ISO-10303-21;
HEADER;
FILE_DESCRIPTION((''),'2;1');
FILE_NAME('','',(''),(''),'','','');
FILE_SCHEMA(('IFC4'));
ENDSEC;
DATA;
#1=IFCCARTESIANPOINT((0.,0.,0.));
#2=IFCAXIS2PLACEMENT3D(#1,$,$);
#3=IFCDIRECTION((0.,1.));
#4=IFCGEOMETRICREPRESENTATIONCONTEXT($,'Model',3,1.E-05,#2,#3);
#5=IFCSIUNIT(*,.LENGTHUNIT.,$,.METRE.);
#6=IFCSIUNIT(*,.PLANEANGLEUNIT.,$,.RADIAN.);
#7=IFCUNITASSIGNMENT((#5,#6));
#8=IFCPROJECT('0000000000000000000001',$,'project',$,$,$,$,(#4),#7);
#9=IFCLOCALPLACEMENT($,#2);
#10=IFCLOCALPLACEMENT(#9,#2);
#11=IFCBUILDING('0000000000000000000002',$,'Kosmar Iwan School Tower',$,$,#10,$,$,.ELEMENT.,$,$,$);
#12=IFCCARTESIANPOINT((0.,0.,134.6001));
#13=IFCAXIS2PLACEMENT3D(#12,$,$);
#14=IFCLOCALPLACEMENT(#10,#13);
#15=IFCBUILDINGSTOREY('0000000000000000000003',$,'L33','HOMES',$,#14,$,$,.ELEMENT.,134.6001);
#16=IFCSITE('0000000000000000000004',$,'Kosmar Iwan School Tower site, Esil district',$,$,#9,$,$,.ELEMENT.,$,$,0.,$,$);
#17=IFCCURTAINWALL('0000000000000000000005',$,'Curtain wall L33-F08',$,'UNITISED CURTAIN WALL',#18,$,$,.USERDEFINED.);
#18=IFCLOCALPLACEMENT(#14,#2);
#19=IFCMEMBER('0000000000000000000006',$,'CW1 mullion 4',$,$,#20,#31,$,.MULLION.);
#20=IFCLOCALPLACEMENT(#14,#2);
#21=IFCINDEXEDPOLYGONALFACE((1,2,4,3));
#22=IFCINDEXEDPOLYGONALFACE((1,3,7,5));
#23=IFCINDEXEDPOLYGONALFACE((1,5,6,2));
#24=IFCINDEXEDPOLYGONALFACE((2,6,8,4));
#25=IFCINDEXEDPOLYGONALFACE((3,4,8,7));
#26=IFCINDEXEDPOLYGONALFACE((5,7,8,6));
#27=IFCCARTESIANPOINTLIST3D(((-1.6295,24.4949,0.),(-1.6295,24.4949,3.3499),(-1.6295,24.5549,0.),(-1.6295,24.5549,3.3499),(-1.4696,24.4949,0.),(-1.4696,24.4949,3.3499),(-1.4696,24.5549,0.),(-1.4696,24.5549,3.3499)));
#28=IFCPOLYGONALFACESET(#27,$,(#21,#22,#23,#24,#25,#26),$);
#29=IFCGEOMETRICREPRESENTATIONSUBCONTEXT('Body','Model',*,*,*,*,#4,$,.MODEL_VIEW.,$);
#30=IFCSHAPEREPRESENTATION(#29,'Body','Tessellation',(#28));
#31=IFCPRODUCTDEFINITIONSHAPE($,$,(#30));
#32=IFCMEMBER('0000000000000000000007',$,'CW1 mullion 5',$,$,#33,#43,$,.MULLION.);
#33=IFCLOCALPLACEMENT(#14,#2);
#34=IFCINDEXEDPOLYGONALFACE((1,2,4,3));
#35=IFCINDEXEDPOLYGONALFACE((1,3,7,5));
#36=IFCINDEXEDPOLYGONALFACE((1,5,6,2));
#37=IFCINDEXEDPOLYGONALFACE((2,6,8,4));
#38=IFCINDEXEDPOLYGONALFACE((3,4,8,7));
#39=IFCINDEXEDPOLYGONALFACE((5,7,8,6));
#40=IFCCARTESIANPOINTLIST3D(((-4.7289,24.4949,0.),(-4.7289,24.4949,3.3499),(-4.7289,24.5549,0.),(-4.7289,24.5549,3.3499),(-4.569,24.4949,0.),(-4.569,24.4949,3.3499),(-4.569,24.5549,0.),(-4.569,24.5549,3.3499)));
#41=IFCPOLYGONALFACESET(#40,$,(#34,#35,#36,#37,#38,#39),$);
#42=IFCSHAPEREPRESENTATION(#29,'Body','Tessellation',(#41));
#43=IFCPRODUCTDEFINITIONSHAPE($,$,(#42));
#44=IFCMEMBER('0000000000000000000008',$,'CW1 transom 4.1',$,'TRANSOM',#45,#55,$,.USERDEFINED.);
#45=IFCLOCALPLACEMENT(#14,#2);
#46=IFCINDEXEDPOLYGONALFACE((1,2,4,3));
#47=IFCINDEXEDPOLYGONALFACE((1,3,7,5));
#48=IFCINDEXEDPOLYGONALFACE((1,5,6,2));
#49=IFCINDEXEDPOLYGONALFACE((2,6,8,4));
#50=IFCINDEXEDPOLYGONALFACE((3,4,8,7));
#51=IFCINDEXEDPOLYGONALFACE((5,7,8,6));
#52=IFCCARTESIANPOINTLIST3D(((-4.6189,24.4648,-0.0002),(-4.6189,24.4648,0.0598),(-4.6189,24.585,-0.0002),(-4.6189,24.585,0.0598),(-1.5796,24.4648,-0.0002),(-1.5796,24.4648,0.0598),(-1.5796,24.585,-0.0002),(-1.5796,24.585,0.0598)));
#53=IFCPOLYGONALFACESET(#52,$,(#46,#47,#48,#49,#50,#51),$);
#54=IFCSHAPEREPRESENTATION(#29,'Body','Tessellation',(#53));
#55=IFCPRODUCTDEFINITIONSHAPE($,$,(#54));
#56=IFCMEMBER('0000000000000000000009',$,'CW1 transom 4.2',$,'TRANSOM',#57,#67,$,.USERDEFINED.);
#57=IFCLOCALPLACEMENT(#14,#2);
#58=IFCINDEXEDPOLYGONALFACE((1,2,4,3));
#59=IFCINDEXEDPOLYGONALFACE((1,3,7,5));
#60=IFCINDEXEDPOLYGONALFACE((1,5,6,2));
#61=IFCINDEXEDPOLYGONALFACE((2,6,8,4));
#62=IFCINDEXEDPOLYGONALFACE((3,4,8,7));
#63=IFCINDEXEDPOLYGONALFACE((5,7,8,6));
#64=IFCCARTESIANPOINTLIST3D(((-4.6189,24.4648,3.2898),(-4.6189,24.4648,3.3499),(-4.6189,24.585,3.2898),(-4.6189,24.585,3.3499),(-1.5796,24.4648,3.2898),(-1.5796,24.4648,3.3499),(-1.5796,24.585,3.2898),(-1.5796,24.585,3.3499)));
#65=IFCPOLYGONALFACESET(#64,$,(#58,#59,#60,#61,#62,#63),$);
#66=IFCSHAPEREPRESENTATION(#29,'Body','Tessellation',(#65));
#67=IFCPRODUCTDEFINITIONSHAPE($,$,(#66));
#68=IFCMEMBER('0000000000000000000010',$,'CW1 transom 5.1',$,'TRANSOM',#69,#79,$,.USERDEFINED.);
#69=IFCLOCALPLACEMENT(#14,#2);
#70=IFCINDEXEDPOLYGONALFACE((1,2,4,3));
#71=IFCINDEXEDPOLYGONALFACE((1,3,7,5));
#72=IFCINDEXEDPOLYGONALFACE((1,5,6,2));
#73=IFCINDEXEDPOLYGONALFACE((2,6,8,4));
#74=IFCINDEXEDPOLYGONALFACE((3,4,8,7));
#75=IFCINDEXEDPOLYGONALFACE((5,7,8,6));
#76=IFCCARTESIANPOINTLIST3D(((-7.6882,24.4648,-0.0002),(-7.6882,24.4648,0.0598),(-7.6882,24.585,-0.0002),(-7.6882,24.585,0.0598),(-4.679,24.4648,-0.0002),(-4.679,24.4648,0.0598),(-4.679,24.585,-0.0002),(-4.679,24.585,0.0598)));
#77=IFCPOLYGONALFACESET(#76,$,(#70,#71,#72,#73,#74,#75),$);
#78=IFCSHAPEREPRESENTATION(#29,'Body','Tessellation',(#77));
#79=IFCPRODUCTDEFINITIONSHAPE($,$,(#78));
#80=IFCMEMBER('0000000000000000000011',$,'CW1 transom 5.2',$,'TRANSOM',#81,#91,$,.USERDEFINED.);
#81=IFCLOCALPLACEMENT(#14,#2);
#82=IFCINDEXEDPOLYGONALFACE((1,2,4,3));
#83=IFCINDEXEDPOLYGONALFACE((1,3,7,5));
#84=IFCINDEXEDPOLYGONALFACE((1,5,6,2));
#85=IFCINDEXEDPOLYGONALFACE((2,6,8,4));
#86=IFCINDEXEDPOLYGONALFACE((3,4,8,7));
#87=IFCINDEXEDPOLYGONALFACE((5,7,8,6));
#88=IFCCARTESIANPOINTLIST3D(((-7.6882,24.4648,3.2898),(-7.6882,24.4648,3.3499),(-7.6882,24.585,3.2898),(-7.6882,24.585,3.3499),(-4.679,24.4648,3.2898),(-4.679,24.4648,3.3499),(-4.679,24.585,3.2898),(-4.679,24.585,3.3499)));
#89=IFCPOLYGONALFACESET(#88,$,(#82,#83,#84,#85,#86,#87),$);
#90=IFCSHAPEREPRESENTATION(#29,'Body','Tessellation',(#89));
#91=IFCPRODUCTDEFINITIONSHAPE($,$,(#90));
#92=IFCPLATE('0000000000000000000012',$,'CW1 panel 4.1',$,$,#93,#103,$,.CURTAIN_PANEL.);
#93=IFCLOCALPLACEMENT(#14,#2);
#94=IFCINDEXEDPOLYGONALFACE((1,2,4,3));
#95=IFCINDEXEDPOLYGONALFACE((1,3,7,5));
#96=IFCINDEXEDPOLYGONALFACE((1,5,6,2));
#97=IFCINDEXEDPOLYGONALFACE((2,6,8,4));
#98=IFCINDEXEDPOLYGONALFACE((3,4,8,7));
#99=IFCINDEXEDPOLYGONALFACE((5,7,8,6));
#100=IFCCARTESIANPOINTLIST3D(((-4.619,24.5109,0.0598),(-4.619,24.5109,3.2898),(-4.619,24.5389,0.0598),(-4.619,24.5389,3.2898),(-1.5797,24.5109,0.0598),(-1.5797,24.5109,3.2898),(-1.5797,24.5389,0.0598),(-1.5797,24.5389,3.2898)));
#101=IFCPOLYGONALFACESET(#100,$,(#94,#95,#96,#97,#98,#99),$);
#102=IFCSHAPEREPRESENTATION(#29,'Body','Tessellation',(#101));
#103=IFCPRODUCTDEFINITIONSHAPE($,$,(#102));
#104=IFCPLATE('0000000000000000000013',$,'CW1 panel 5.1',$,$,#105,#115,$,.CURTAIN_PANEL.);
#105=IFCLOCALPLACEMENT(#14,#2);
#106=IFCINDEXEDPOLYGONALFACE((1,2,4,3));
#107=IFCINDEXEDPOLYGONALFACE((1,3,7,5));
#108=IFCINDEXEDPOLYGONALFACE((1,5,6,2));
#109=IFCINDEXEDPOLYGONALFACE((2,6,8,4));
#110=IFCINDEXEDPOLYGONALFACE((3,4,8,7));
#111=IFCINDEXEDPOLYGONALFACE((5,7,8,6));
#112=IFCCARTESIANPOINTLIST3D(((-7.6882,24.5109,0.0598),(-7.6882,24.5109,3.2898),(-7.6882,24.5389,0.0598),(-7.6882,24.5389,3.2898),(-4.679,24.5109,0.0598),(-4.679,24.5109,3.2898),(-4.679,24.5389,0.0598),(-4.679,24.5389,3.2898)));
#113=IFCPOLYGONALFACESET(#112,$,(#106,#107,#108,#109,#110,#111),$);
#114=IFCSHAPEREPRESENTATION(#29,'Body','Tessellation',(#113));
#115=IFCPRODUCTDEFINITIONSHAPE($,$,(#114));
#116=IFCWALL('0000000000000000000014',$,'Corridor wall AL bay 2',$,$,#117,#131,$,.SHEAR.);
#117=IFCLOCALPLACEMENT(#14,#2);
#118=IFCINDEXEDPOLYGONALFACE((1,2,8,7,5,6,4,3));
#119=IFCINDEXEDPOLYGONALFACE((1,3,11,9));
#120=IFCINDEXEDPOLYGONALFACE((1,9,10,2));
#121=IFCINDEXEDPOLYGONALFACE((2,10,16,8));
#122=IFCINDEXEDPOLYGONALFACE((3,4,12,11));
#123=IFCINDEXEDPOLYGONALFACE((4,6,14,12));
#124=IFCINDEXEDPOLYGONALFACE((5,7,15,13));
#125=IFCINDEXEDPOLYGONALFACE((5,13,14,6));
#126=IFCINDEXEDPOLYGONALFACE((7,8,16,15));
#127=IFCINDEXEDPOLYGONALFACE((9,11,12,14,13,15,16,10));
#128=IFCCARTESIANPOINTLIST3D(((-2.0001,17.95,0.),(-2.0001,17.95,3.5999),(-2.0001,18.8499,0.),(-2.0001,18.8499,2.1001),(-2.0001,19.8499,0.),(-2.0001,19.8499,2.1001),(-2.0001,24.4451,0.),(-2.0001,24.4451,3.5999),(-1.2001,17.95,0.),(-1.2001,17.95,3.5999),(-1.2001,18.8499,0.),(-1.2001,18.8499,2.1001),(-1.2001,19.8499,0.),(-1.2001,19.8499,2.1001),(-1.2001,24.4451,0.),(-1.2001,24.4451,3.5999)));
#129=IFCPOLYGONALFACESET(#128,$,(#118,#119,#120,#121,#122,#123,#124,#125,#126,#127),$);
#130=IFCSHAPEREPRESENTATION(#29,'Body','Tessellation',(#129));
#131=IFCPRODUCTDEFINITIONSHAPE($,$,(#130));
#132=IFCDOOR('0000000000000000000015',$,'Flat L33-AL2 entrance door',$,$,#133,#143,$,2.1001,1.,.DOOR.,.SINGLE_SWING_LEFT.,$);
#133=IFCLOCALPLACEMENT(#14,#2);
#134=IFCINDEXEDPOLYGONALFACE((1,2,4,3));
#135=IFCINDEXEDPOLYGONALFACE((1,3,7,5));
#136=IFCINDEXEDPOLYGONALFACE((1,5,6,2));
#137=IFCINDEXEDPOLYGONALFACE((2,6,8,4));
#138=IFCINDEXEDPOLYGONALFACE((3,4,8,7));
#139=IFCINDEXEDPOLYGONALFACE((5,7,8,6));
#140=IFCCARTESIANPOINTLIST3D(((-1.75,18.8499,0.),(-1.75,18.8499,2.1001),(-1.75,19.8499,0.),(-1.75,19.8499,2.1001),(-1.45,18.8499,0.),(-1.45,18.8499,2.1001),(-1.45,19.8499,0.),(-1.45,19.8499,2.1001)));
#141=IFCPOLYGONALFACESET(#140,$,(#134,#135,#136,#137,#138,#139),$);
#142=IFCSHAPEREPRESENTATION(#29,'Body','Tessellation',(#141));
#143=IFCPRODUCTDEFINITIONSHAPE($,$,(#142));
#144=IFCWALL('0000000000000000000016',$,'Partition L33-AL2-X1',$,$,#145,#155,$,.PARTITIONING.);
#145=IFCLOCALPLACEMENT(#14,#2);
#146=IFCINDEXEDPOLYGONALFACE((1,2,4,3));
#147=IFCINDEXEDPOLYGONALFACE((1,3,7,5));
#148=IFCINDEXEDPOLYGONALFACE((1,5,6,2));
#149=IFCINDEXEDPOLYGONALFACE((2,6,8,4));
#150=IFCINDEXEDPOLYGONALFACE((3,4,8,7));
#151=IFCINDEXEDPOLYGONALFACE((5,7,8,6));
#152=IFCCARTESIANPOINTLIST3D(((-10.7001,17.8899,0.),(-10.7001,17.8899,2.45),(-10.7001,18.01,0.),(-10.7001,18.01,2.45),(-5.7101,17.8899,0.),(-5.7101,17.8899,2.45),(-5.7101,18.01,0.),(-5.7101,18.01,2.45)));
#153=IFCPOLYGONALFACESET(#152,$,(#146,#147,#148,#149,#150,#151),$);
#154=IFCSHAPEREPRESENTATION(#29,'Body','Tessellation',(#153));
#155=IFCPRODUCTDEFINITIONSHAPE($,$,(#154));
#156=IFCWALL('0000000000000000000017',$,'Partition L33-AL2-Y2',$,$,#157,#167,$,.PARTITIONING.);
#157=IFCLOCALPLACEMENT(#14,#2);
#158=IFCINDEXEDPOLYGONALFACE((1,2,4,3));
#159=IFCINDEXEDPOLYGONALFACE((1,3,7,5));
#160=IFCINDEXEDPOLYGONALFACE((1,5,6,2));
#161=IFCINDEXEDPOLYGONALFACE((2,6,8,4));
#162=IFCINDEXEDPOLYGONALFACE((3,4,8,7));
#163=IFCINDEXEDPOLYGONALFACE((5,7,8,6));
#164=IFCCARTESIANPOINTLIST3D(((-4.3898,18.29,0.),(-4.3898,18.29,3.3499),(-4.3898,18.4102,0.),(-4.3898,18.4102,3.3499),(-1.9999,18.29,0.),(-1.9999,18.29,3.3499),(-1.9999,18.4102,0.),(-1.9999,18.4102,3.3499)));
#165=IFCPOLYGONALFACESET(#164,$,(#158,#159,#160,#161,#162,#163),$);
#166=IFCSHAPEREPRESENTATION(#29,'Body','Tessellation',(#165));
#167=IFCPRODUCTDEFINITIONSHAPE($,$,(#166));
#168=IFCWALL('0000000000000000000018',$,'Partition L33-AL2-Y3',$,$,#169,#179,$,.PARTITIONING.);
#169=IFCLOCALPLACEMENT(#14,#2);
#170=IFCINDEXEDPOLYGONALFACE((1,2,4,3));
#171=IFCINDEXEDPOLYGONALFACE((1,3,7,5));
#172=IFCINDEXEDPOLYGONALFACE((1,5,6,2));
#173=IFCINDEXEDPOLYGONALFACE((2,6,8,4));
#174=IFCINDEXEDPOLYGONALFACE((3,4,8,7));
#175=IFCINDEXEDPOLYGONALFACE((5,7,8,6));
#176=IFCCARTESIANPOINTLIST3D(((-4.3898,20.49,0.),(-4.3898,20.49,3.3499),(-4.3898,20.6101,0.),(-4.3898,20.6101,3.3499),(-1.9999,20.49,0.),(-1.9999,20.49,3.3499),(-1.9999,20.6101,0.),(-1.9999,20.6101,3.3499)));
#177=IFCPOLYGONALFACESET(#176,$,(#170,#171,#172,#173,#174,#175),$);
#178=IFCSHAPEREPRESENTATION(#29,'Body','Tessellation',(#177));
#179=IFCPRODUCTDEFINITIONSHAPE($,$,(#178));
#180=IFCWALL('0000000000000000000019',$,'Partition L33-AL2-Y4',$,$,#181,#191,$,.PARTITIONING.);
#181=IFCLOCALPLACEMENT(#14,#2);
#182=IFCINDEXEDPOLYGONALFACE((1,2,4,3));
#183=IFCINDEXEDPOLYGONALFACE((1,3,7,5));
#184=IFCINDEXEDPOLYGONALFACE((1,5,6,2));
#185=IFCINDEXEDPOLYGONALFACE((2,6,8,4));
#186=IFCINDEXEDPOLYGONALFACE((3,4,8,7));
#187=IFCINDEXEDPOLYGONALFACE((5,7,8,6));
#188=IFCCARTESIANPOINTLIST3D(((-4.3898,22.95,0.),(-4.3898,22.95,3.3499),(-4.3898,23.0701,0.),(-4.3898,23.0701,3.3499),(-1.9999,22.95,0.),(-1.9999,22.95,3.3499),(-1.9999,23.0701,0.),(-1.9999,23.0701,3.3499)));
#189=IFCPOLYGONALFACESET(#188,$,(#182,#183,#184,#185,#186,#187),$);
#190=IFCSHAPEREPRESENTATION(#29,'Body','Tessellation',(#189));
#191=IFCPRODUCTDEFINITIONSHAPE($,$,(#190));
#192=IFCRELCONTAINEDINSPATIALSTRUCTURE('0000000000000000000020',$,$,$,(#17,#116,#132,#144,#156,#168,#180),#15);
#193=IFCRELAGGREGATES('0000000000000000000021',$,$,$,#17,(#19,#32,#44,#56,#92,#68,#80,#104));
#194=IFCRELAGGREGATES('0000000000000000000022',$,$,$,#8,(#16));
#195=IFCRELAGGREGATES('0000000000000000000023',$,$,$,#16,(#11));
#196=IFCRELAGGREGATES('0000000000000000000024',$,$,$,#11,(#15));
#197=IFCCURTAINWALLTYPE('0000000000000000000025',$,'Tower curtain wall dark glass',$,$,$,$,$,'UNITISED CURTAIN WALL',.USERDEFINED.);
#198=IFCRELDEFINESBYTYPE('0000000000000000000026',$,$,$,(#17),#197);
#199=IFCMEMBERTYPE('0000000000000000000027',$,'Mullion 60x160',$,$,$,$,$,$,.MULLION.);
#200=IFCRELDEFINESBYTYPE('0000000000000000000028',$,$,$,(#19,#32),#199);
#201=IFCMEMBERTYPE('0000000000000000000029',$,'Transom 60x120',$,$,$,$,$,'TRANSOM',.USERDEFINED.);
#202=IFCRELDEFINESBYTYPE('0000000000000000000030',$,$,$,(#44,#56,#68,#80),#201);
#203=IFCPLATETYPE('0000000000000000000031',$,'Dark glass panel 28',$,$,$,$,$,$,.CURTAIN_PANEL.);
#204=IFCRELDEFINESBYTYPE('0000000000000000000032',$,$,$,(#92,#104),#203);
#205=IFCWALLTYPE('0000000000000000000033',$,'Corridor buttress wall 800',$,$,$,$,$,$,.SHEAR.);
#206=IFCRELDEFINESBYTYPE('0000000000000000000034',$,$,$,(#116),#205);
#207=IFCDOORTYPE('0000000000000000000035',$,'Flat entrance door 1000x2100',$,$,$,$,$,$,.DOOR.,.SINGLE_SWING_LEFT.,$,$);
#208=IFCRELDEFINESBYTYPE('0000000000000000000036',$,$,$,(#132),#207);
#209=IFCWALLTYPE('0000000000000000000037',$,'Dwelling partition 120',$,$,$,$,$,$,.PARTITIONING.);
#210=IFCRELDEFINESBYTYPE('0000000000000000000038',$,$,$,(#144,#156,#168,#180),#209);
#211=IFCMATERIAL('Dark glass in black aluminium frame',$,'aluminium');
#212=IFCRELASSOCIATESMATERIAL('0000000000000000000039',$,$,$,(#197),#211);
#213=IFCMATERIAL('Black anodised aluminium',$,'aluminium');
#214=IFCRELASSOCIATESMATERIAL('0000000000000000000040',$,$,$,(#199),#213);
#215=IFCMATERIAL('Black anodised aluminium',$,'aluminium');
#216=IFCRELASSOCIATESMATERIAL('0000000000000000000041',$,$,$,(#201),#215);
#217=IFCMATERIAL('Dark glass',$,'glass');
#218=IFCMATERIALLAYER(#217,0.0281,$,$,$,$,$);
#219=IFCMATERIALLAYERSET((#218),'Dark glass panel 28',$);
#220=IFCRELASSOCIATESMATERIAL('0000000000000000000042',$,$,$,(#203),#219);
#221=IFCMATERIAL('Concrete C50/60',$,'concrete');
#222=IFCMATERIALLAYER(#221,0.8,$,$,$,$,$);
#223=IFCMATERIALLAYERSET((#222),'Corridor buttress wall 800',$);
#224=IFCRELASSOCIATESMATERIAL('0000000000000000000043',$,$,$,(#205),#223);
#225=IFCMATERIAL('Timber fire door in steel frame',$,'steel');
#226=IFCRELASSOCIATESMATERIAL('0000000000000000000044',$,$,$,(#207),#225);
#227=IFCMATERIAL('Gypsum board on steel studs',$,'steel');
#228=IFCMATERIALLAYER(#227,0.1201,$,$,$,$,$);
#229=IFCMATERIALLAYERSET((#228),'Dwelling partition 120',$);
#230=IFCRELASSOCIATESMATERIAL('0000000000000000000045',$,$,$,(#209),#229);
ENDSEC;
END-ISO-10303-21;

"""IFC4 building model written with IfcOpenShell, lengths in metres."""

from ifc_helpers import new_model, si_unit, direction, frame, frame_2d, origin, origin_2d, place, context, subcontext, project, spatial, rectangle, extrude, material, layer, layer_set, material_profile, profile_set, type_object, element, fill, aggregate, save


model = new_model("IFC4")

# Units and contexts
model_context = context("Model", 3, precision=1e-05, world=origin(), true_north=direction((0.0, 1.0)))
body_context = subcontext(model_context, "Body", "Model", "MODEL_VIEW")
ifc_project = project(units=[si_unit("LENGTHUNIT", "METRE"), si_unit("PLANEANGLEUNIT", "RADIAN")], contexts=[model_context])

# Site, building, storey
site_placement = place(None, origin())
site = spatial("IfcSite", under=ifc_project, at=site_placement, Name="Kosmar Iwan School Tower site, Esil district", CompositionType="ELEMENT", RefElevation=0.0)
building_placement = place(site_placement, origin())
building = spatial("IfcBuilding", under=site, at=building_placement, Name="Kosmar Iwan School Tower", CompositionType="ELEMENT")
storey_placement = place(building_placement, frame((0.0, 0.0, 134.6001)))
storey = spatial("IfcBuildingStorey", under=building, at=storey_placement, Name="L33", Description="HOMES", CompositionType="ELEMENT", Elevation=134.6001)

# Curtain wall, members, plates
ifc_material_1 = material(Name="Dark glass in black aluminium frame", Category="aluminium")
curtain_wall_type = type_object("IfcCurtainWallType", Name="Tower curtain wall dark glass", ElementType="UNITISED CURTAIN WALL", PredefinedType="USERDEFINED", material=ifc_material_1)
curtain_wall_placement = place(storey_placement, origin())
curtain_wall = element("IfcCurtainWall", 1, at=curtain_wall_placement, inside=storey, type_object=curtain_wall_type, Name="Curtain wall L33-F08", ObjectType="UNITISED CURTAIN WALL", PredefinedType="USERDEFINED")
ifc_material_2 = material(Name="Black anodised aluminium", Category="aluminium")
ifc_material_profile_1 = material_profile(ifc_material_2, rectangle(XDim=0.0601, YDim=0.1599, at=origin_2d()), Name="MULLION 60x160")
ifc_profile_set_1 = profile_set([ifc_material_profile_1], Name="Black anodised aluminium")
member_type_1 = type_object("IfcMemberType", Name="Mullion 60x160", PredefinedType="MULLION", material=ifc_profile_set_1)
member_1_placement = place(storey_placement, frame((-1.5496, 24.5249, 0.0), z_axis=(0.0, 0.0, 1.0), x_axis=(0.0, -1.0, 0.0)))
member_1 = element("IfcMember", 2, at=member_1_placement, type_object=member_type_1, Name="CW1 mullion 4", PredefinedType="MULLION", context=body_context, shape_type="SweptSolid", body=[
    extrude(rectangle(XDim=0.0601, YDim=0.1599, at=origin_2d()), origin(), (0.0, 0.0, 1.0), 3.3499),
])
member_2_placement = place(storey_placement, frame((-4.6489, 24.5249, 0.0), z_axis=(0.0, 0.0, 1.0), x_axis=(0.0, -1.0, 0.0)))
member_2 = element("IfcMember", 3, at=member_2_placement, type_object=member_type_1, Name="CW1 mullion 5", PredefinedType="MULLION", context=body_context, shape_type="SweptSolid", body=[
    extrude(rectangle(XDim=0.0601, YDim=0.1599, at=origin_2d()), origin(), (0.0, 0.0, 1.0), 3.3499),
])
ifc_material_3 = material(Name="Black anodised aluminium", Category="aluminium")
ifc_material_profile_2 = material_profile(ifc_material_3, rectangle(XDim=0.1201, YDim=0.0601, at=origin_2d()), Name="TRANSOM 60x120")
ifc_profile_set_2 = profile_set([ifc_material_profile_2], Name="Black anodised aluminium")
member_type_2 = type_object("IfcMemberType", Name="Transom 60x120", ElementType="TRANSOM", PredefinedType="USERDEFINED", material=ifc_profile_set_2)
member_3_placement = place(storey_placement, frame((-1.5796, 24.5249, 0.0298), z_axis=(-1.0, 0.0, 0.0), x_axis=(0.0, -1.0, 0.0)))
member_3 = element("IfcMember", 4, at=member_3_placement, type_object=member_type_2, Name="CW1 transom 4.1", ObjectType="TRANSOM", PredefinedType="USERDEFINED", context=body_context, shape_type="SweptSolid", body=[
    extrude(rectangle(XDim=0.1201, YDim=0.0601, at=origin_2d()), origin(), (0.0, 0.0, 1.0), 3.0393),
])
member_4_placement = place(storey_placement, frame((-1.5796, 24.5249, 3.3198), z_axis=(-1.0, 0.0, 0.0), x_axis=(0.0, -1.0, 0.0)))
member_4 = element("IfcMember", 5, at=member_4_placement, type_object=member_type_2, Name="CW1 transom 4.2", ObjectType="TRANSOM", PredefinedType="USERDEFINED", context=body_context, shape_type="SweptSolid", body=[
    extrude(rectangle(XDim=0.1201, YDim=0.0601, at=origin_2d()), origin(), (0.0, 0.0, 1.0), 3.0393),
])
member_5_placement = place(storey_placement, frame((-4.679, 24.5249, 0.0298), z_axis=(-1.0, 0.0, 0.0), x_axis=(0.0, -1.0, 0.0)))
member_5 = element("IfcMember", 6, at=member_5_placement, type_object=member_type_2, Name="CW1 transom 5.1", ObjectType="TRANSOM", PredefinedType="USERDEFINED", context=body_context, shape_type="SweptSolid", body=[
    extrude(rectangle(XDim=0.1201, YDim=0.0601, at=origin_2d()), origin(), (0.0, 0.0, 1.0), 3.0093),
])
member_6_placement = place(storey_placement, frame((-4.679, 24.5249, 3.3198), z_axis=(-1.0, 0.0, 0.0), x_axis=(0.0, -1.0, 0.0)))
member_6 = element("IfcMember", 7, at=member_6_placement, type_object=member_type_2, Name="CW1 transom 5.2", ObjectType="TRANSOM", PredefinedType="USERDEFINED", context=body_context, shape_type="SweptSolid", body=[
    extrude(rectangle(XDim=0.1201, YDim=0.0601, at=origin_2d()), origin(), (0.0, 0.0, 1.0), 3.0093),
])
ifc_material_4 = material(Name="Dark glass", Category="glass")
ifc_layer_1 = layer(ifc_material_4, 0.0281)
ifc_layer_set_1 = layer_set([ifc_layer_1], Name="Dark glass panel 28")
plate_type = type_object("IfcPlateType", Name="Dark glass panel 28", PredefinedType="CURTAIN_PANEL", material=ifc_layer_set_1)
plate_1_placement = place(storey_placement, frame((-3.0994, 24.5249, 0.0598), z_axis=(0.0, 0.0, 1.0), x_axis=(-1.0, 0.0, 0.0)))
plate_1 = element("IfcPlate", 8, at=plate_1_placement, type_object=plate_type, Name="CW1 panel 4.1", PredefinedType="CURTAIN_PANEL", context=body_context, shape_type="SweptSolid", body=[
    extrude(rectangle(XDim=3.0393, YDim=0.0281, at=origin_2d()), origin(), (0.0, 0.0, 1.0), 3.23),
])
plate_2_placement = place(storey_placement, frame((-6.1836, 24.5249, 0.0598), z_axis=(0.0, 0.0, 1.0), x_axis=(-1.0, 0.0, 0.0)))
plate_2 = element("IfcPlate", 9, at=plate_2_placement, type_object=plate_type, Name="CW1 panel 5.1", PredefinedType="CURTAIN_PANEL", context=body_context, shape_type="SweptSolid", body=[
    extrude(rectangle(XDim=3.0093, YDim=0.0281, at=origin_2d()), origin(), (0.0, 0.0, 1.0), 3.23),
])
aggregate(curtain_wall, [member_1, member_2, member_3, member_4, plate_1, member_5, member_6, plate_2])

# Wall, opening, door
ifc_material_5 = material(Name="Concrete C50/60", Category="concrete")
ifc_layer_2 = layer(ifc_material_5, 0.8)
ifc_layer_set_2 = layer_set([ifc_layer_2], Name="Corridor buttress wall 800")
wall_type_1 = type_object("IfcWallType", Name="Corridor buttress wall 800", PredefinedType="SHEAR", material=ifc_layer_set_2)
wall_1_placement = place(storey_placement, frame((-1.6001, 17.95, 0.0), z_axis=(0.0, 0.0, 1.0), x_axis=(0.0, 1.0, 0.0)))
wall_1 = element("IfcWall", 10, at=wall_1_placement, inside=storey, type_object=wall_type_1, Name="Corridor wall AL bay 2", PredefinedType="SHEAR", context=body_context, shape_type="SweptSolid", body=[
    extrude(rectangle(XDim=6.4951, YDim=0.8, at=frame_2d((3.2476, 0.0))), origin(), (0.0, 0.0, 1.0), 3.5999),
])
opening_placement = place(wall_1_placement, frame((0.8999, 0.0, 0.0)))
opening = element("IfcOpeningElement", 11, at=opening_placement, cuts=wall_1, PredefinedType="OPENING", context=body_context, shape_type="SweptSolid", body=[
    extrude(rectangle(XDim=1.0, YDim=2.1001, at=frame_2d((0.5, 1.05))), frame((0.0, 0.4121, 0.0), z_axis=(0.0, -1.0, 0.0), x_axis=(1.0, 0.0, 0.0)), (0.0, 0.0, 1.0), 0.824),
])
ifc_material_6 = material(Name="Timber fire door in steel frame", Category="steel")
door_type = type_object("IfcDoorType", Name="Flat entrance door 1000x2100", OperationType="SINGLE_SWING_LEFT", PredefinedType="DOOR", material=ifc_material_6)
door_placement = place(opening_placement, origin())
door = element("IfcDoor", 12, at=door_placement, inside=storey, type_object=door_type, Name="Flat L33-AL2 entrance door", OperationType="SINGLE_SWING_LEFT", OverallHeight=2.1001, OverallWidth=1.0, PredefinedType="DOOR", context=body_context, shape_type="SweptSolid", body=[
    extrude(rectangle(XDim=1.0, YDim=2.1001, at=frame_2d((0.5, 1.05))), frame((0.0, 0.1499, 0.0), z_axis=(0.0, -1.0, 0.0), x_axis=(1.0, 0.0, 0.0)), (0.0, 0.0, 1.0), 0.3),
])
fill(opening, door)

# Walls
ifc_material_7 = material(Name="Gypsum board on steel studs", Category="steel")
ifc_layer_3 = layer(ifc_material_7, 0.1201)
ifc_layer_set_3 = layer_set([ifc_layer_3], Name="Dwelling partition 120")
wall_type_2 = type_object("IfcWallType", Name="Dwelling partition 120", PredefinedType="PARTITIONING", material=ifc_layer_set_3)
wall_2_placement = place(storey_placement, frame((-5.71, 17.95, 0.0), z_axis=(0.0, 0.0, 1.0), x_axis=(-1.0, 0.0, 0.0)))
element("IfcWall", 13, at=wall_2_placement, inside=storey, type_object=wall_type_2, Name="Partition L33-AL2-X1", PredefinedType="PARTITIONING", context=body_context, shape_type="SweptSolid", body=[
    extrude(rectangle(XDim=4.99, YDim=0.1201, at=frame_2d((2.4951, 0.0))), origin(), (0.0, 0.0, 1.0), 2.45),
])
for number, where, z_axis, x_axis, name in (
    (14, (-2.0, 18.3501, 0.0), (0.0, 0.0, 1.0), (-1.0, 0.0, 0.0), "Partition L33-AL2-Y2"),
    (15, (-2.0, 20.55, 0.0), (0.0, 0.0, 1.0), (-1.0, 0.0, 0.0), "Partition L33-AL2-Y3"),
    (16, (-2.0, 23.01, 0.0), (0.0, 0.0, 1.0), (-1.0, 0.0, 0.0), "Partition L33-AL2-Y4"),
):
    element("IfcWall", number, at=place(storey_placement, frame(where, z_axis=z_axis, x_axis=x_axis)), inside=storey, type_object=wall_type_2, Name=name, PredefinedType="PARTITIONING", context=body_context, shape_type="SweptSolid", body=[
        extrude(rectangle(XDim=2.3899, YDim=0.1201, at=frame_2d((1.1948, 0.0))), origin(), (0.0, 0.0, 1.0), 3.3499),
    ])

save(model, "model.ifc")
